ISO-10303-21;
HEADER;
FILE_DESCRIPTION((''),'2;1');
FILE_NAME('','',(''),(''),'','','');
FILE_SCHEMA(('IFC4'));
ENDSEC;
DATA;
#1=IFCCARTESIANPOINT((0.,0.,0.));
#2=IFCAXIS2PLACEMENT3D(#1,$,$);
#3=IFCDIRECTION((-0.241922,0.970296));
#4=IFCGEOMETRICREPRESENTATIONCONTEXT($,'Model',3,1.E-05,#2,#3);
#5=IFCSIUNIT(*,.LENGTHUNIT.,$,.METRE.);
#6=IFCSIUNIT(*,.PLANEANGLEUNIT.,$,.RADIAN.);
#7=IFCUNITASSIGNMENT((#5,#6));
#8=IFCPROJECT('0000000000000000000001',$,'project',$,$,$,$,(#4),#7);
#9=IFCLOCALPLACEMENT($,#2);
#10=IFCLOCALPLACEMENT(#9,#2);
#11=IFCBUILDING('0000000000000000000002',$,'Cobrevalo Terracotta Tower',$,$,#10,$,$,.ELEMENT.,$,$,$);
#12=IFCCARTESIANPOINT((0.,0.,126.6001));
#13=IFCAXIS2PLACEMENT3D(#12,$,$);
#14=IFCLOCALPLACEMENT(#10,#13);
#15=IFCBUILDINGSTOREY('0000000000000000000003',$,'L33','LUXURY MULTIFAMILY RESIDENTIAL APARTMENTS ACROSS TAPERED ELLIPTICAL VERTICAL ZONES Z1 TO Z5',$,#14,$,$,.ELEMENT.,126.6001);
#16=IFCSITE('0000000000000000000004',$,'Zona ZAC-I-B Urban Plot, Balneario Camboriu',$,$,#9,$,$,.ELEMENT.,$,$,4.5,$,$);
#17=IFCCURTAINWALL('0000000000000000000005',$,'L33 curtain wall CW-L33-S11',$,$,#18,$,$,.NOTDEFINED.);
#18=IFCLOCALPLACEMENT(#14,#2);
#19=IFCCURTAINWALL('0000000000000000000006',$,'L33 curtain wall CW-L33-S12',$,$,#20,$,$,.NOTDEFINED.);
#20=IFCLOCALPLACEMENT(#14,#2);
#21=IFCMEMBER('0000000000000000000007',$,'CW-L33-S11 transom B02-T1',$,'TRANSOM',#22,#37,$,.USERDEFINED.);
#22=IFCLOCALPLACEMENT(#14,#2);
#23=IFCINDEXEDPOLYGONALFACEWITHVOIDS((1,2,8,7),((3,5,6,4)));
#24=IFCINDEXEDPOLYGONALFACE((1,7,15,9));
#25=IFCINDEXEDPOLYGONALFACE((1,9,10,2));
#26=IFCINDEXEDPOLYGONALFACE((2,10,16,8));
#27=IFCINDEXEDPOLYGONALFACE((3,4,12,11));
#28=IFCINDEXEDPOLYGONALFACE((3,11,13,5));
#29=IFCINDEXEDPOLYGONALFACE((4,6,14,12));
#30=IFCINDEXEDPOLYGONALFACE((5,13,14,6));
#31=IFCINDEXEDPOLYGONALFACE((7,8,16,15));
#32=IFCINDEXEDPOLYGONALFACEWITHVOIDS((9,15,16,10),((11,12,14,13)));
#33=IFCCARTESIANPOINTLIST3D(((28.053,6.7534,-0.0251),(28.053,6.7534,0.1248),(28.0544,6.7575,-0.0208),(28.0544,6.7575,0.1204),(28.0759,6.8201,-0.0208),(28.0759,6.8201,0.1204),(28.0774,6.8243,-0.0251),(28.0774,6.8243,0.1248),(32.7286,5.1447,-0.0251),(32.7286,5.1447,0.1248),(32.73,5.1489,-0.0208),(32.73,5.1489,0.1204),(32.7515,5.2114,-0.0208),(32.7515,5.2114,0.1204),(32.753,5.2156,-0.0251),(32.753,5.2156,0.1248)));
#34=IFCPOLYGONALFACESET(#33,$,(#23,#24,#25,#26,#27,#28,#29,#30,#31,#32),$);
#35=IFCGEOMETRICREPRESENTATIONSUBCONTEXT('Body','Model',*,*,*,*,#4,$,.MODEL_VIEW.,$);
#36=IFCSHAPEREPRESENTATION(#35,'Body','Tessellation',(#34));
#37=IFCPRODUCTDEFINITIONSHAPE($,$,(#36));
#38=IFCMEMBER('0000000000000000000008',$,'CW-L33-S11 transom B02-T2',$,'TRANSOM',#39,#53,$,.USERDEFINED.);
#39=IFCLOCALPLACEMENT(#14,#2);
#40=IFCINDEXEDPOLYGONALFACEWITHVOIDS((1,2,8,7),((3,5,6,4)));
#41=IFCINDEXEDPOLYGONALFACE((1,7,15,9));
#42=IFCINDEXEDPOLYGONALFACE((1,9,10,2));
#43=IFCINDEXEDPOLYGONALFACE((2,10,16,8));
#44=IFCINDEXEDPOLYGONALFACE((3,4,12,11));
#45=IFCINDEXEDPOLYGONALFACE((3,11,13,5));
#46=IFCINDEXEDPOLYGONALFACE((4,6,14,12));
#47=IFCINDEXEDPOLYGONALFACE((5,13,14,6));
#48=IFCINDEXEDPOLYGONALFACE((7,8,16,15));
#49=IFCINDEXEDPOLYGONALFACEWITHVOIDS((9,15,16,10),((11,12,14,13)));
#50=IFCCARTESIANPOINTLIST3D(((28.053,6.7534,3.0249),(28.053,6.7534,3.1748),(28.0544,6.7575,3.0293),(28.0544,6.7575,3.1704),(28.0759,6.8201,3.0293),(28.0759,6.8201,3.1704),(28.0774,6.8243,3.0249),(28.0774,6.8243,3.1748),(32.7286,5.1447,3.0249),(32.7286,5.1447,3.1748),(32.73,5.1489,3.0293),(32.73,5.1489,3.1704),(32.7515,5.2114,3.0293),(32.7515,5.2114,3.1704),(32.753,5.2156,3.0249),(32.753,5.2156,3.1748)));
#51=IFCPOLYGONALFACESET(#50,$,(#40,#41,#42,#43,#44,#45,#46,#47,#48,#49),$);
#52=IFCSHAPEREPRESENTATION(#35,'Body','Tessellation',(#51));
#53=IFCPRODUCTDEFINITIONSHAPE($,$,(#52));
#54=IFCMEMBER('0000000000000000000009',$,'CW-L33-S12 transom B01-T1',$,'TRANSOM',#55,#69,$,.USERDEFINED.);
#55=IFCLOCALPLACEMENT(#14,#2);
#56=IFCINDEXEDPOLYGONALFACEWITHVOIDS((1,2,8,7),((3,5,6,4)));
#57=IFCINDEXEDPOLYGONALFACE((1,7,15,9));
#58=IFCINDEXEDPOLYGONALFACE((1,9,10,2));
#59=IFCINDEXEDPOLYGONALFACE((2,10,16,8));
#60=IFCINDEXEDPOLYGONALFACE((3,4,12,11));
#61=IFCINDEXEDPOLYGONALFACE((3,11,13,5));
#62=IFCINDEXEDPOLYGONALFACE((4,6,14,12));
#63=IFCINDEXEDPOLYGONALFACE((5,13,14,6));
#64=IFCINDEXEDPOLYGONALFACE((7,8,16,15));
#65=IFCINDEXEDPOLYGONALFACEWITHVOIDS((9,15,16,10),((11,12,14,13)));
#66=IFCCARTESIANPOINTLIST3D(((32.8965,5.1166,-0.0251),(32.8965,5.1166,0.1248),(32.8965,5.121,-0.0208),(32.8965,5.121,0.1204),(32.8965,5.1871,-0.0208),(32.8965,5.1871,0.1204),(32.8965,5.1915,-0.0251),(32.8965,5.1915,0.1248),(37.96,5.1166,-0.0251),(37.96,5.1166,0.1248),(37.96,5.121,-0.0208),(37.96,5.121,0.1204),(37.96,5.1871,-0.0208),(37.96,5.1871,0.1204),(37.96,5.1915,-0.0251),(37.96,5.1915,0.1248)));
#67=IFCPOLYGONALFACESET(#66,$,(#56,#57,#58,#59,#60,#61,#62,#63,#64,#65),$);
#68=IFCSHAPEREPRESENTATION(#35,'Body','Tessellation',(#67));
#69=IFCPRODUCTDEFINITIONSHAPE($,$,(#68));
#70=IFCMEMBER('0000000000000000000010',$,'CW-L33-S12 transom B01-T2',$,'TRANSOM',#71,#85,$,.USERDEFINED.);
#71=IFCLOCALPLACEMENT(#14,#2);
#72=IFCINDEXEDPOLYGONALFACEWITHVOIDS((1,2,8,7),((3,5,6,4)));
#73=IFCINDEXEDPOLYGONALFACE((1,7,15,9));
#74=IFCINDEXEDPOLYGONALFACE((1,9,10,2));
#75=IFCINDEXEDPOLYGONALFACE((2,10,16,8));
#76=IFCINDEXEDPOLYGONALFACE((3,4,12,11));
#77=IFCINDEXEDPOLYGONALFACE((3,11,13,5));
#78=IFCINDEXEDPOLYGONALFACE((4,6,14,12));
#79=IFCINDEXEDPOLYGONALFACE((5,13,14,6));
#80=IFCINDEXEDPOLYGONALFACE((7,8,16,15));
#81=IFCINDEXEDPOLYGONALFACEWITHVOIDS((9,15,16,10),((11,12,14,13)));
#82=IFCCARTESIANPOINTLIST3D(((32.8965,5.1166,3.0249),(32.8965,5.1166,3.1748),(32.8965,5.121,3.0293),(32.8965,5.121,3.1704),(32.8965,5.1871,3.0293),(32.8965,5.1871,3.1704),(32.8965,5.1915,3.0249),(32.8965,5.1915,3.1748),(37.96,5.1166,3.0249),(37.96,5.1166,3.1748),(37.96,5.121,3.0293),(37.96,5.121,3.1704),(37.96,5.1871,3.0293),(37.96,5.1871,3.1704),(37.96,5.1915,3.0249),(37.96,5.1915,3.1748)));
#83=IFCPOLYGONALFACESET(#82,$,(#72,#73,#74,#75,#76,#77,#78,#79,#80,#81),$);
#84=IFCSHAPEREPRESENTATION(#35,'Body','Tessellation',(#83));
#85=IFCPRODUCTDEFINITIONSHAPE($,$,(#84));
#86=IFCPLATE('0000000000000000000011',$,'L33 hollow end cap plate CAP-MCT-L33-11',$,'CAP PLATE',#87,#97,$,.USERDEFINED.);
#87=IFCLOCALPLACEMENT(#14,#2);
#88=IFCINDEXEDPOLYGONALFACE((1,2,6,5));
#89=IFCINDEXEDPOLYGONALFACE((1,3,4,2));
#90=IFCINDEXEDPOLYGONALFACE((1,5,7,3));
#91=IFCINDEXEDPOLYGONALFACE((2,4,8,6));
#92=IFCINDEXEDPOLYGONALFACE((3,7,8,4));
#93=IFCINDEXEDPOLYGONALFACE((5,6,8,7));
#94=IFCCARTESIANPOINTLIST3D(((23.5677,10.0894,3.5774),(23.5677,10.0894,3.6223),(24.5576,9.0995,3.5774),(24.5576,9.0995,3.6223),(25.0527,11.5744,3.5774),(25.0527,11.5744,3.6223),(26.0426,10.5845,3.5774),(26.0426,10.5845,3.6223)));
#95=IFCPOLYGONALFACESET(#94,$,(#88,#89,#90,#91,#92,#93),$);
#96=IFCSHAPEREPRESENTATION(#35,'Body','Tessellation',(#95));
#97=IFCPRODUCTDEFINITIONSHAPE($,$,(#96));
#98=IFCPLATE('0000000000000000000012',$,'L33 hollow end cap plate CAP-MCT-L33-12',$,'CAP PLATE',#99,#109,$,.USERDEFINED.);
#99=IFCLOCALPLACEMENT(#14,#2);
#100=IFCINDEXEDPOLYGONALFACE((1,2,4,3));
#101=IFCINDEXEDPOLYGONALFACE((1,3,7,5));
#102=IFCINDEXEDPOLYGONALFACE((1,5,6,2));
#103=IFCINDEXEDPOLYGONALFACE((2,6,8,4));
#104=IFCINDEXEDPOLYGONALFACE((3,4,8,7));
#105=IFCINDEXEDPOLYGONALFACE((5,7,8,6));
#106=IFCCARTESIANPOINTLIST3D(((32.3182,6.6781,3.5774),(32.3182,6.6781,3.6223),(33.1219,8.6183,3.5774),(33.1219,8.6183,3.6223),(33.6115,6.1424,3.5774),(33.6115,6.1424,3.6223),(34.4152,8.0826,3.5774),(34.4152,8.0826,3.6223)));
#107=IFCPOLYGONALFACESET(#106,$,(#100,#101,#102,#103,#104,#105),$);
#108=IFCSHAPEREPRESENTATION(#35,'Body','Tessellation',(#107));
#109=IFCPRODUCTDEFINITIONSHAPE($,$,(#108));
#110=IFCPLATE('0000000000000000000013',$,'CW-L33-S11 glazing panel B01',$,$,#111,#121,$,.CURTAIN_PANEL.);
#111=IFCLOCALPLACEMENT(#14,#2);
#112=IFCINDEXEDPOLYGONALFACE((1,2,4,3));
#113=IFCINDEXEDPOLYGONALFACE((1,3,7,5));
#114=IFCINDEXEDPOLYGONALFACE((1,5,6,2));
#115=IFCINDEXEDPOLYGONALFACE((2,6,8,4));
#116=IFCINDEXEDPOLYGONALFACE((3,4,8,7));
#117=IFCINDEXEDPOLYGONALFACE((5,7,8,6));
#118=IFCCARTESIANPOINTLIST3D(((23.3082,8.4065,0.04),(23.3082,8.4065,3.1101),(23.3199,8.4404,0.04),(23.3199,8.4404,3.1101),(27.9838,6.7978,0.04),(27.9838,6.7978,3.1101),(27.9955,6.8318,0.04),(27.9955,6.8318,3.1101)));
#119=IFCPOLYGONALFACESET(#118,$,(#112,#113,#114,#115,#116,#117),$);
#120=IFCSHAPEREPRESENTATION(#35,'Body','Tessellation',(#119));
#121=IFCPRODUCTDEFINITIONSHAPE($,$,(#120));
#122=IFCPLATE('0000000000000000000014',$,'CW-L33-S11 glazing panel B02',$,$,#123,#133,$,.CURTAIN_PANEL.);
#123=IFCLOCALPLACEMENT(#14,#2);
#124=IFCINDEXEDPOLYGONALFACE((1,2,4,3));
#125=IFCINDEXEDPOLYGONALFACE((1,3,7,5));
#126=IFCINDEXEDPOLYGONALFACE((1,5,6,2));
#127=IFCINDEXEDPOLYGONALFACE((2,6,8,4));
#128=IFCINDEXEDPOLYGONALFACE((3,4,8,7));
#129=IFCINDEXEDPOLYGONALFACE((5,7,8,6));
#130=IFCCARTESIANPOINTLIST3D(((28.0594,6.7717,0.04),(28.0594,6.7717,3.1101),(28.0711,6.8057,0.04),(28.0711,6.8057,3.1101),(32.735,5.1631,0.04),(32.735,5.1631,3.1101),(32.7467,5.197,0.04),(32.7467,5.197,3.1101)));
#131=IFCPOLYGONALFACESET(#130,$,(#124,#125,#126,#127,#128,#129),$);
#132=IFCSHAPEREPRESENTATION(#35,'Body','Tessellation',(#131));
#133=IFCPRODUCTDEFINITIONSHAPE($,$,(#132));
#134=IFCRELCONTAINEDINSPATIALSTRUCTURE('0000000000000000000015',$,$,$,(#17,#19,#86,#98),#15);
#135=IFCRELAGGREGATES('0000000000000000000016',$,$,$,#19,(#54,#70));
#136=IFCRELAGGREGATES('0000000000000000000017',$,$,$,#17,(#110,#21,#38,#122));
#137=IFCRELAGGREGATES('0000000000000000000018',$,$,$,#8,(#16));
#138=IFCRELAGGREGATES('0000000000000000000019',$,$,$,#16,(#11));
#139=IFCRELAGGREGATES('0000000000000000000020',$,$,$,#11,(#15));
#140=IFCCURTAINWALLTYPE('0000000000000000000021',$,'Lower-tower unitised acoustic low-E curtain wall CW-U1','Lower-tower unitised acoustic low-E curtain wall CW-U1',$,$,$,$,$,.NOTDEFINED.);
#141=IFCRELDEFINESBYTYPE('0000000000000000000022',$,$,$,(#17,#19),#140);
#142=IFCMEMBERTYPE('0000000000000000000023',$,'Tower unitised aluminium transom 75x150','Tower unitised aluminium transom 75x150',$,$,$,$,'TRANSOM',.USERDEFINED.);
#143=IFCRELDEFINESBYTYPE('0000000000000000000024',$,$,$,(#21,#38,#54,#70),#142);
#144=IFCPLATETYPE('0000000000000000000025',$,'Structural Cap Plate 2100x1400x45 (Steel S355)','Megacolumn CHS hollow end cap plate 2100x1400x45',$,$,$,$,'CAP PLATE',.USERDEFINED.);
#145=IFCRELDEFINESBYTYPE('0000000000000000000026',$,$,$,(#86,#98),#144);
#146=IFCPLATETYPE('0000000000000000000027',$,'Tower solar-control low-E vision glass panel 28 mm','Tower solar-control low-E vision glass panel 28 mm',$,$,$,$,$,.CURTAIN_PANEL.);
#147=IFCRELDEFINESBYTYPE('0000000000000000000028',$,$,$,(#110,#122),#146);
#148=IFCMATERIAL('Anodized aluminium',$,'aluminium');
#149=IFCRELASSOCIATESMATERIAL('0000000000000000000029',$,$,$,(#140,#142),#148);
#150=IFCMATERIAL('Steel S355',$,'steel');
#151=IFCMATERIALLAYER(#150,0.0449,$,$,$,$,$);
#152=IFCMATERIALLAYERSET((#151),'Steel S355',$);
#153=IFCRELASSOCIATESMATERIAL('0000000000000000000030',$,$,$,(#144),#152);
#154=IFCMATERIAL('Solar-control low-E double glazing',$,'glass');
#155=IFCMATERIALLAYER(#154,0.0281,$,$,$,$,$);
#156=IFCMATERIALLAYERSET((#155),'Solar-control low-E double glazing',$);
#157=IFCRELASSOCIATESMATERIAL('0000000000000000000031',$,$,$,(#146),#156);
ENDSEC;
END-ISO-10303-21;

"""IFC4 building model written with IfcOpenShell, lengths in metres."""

from ifc_helpers import new_model, si_unit, direction, frame, origin, origin_2d, place, context, subcontext, project, spatial, rectangle, hollow_rectangle, extrude, source, transform, mapped, material, layer, layer_set, material_profile, profile_set, type_object, element, aggregate, save


model = new_model("IFC4")

# Units and contexts
model_context = context("Model", 3, precision=1e-05, world=origin(), true_north=direction((-0.241922, 0.970296)))
body_context = subcontext(model_context, "Body", "Model", "MODEL_VIEW")
ifc_project = project(units=[si_unit("LENGTHUNIT", "METRE"), si_unit("PLANEANGLEUNIT", "RADIAN")], contexts=[model_context])

# Site, building, storey
site_placement = place(None, origin())
site = spatial("IfcSite", under=ifc_project, at=site_placement, Name="Zona ZAC-I-B Urban Plot, Balneario Camboriu", CompositionType="ELEMENT", RefElevation=4.5)
building_placement = place(site_placement, origin())
building = spatial("IfcBuilding", under=site, at=building_placement, Name="Cobrevalo Terracotta Tower", CompositionType="ELEMENT")
storey_placement = place(building_placement, frame((0.0, 0.0, 126.6001)))
storey = spatial("IfcBuildingStorey", under=building, at=storey_placement, Name="L33", Description="LUXURY MULTIFAMILY RESIDENTIAL APARTMENTS ACROSS TAPERED ELLIPTICAL VERTICAL ZONES Z1 TO Z5", CompositionType="ELEMENT", Elevation=126.6001)

# Shared definitions
ifc_material_1 = material(Name="Steel S355", Category="steel")

# Curtain wall
ifc_material_2 = material(Name="Anodized aluminium", Category="aluminium")
curtain_wall_type = type_object("IfcCurtainWallType", Name="Lower-tower unitised acoustic low-E curtain wall CW-U1", Description="Lower-tower unitised acoustic low-E curtain wall CW-U1", PredefinedType="NOTDEFINED", material=ifc_material_2)
curtain_wall_1_placement = place(storey_placement, origin())
curtain_wall_1 = element("IfcCurtainWall", 1, at=curtain_wall_1_placement, inside=storey, type_object=curtain_wall_type, Name="L33 curtain wall CW-L33-S11", PredefinedType="NOTDEFINED")

# Curtain wall
curtain_wall_2_placement = place(storey_placement, origin())
curtain_wall_2 = element("IfcCurtainWall", 2, at=curtain_wall_2_placement, inside=storey, type_object=curtain_wall_type, Name="L33 curtain wall CW-L33-S12", PredefinedType="NOTDEFINED")

# Members
ifc_material_profile_1 = material_profile(ifc_material_2, hollow_rectangle(XDim=0.075, YDim=0.1499, WallThickness=0.0044, at=origin_2d()), Name="CWT 75x150")
ifc_profile_set_1 = profile_set([ifc_material_profile_1], Name="Anodized aluminium")
member_type_1 = type_object("IfcMemberType", Name="Tower unitised aluminium transom 75x150", Description="Tower unitised aluminium transom 75x150", ElementType="TRANSOM", PredefinedType="USERDEFINED", material=ifc_profile_set_1)
shared_shape_1 = source(origin(), body_context, "Body", "SweptSolid", [
    extrude(hollow_rectangle(XDim=0.075, YDim=0.1499, WallThickness=0.0044, at=origin_2d()), origin(), (0.0, 0.0, 1.0), 4.9446),
])
member_1_placement = place(storey_placement, frame((28.0652, 6.7888, 0.0498), z_axis=(0.945598, -0.325338, 0.0), x_axis=(0.325338, 0.945598, 0.0)))
member_1 = element("IfcMember", 3, at=member_1_placement, type_object=member_type_1, Name="CW-L33-S11 transom B02-T1", ObjectType="TRANSOM", PredefinedType="USERDEFINED", context=body_context, shape_type="MappedRepresentation", body=[
    mapped(shared_shape_1, transform((0.0, 0.0, 0.0), scale=1.0)),
])
member_2_placement = place(storey_placement, frame((28.0652, 6.7888, 3.0999), z_axis=(0.945598, -0.325338, 0.0), x_axis=(0.325338, 0.945598, 0.0)))
member_2 = element("IfcMember", 4, at=member_2_placement, type_object=member_type_1, Name="CW-L33-S11 transom B02-T2", ObjectType="TRANSOM", PredefinedType="USERDEFINED", context=body_context, shape_type="MappedRepresentation", body=[
    mapped(shared_shape_1, transform((0.0, 0.0, 0.0), scale=1.0)),
])
shared_shape_2 = source(origin(), body_context, "Body", "SweptSolid", [
    extrude(hollow_rectangle(XDim=0.075, YDim=0.1499, WallThickness=0.0044, at=origin_2d()), origin(), (0.0, 0.0, 1.0), 5.0635),
])
member_3_placement = place(storey_placement, frame((32.8965, 5.1541, 0.0498), z_axis=(1.0, 0.0, 0.0), x_axis=(0.0, 1.0, 0.0)))
member_3 = element("IfcMember", 5, at=member_3_placement, type_object=member_type_1, Name="CW-L33-S12 transom B01-T1", ObjectType="TRANSOM", PredefinedType="USERDEFINED", context=body_context, shape_type="MappedRepresentation", body=[
    mapped(shared_shape_2, transform((0.0, 0.0, 0.0), scale=1.0)),
])
member_4_placement = place(storey_placement, frame((32.8965, 5.1541, 3.0999), z_axis=(1.0, 0.0, 0.0), x_axis=(0.0, 1.0, 0.0)))
member_4 = element("IfcMember", 6, at=member_4_placement, type_object=member_type_1, Name="CW-L33-S12 transom B01-T2", ObjectType="TRANSOM", PredefinedType="USERDEFINED", context=body_context, shape_type="MappedRepresentation", body=[
    mapped(shared_shape_2, transform((0.0, 0.0, 0.0), scale=1.0)),
])
aggregate(curtain_wall_2, [member_3, member_4])

# Plates
ifc_layer_1 = layer(ifc_material_1, 0.0449)
ifc_layer_set_1 = layer_set([ifc_layer_1], Name="Steel S355")
plate_type_1 = type_object("IfcPlateType", Name="Structural Cap Plate 2100x1400x45 (Steel S355)", Description="Megacolumn CHS hollow end cap plate 2100x1400x45", ElementType="CAP PLATE", PredefinedType="USERDEFINED", material=ifc_layer_set_1)
shared_shape_3 = source(origin(), body_context, "Body", "SweptSolid", [
    extrude(rectangle(XDim=2.1001, YDim=1.3999, at=origin_2d()), origin(), (0.0, 0.0, 1.0), 0.0449),
])
for number, where, z_axis, x_axis, name in (
    (7, (24.8052, 10.3369, 3.5774), (0.0, 0.0, 1.0), (-0.707107, -0.707107, 0.0), "L33 hollow end cap plate CAP-MCT-L33-11"),
    (8, (33.3667, 7.3804, 3.5774), (0.0, 0.0, 1.0), (-0.382683, -0.92388, 0.0), "L33 hollow end cap plate CAP-MCT-L33-12"),
):
    element("IfcPlate", number, at=place(storey_placement, frame(where, z_axis=z_axis, x_axis=x_axis)), inside=storey, type_object=plate_type_1, Name=name, ObjectType="CAP PLATE", PredefinedType="USERDEFINED", context=body_context, shape_type="MappedRepresentation", body=[
        mapped(shared_shape_3, transform((0.0, 0.0, 0.0), scale=1.0)),
    ])

# Plates
ifc_material_3 = material(Name="Solar-control low-E double glazing", Category="glass")
ifc_layer_2 = layer(ifc_material_3, 0.0281)
ifc_layer_set_2 = layer_set([ifc_layer_2], Name="Solar-control low-E double glazing")
plate_type_2 = type_object("IfcPlateType", Name="Tower solar-control low-E vision glass panel 28 mm", Description="Tower solar-control low-E vision glass panel 28 mm", PredefinedType="CURTAIN_PANEL", material=ifc_layer_set_2)
shared_shape_4 = source(origin(), body_context, "Body", "SweptSolid", [
    extrude(rectangle(XDim=4.9446, YDim=0.0359, at=origin_2d()), origin(), (0.0, 0.0, 1.0), 3.0701),
])
plate_1_placement = place(storey_placement, frame((25.6519, 7.6191, 0.04), z_axis=(0.0, 0.0, 1.0), x_axis=(0.945596, -0.325342, 0.0)))
plate_1 = element("IfcPlate", 9, at=plate_1_placement, type_object=plate_type_2, Name="CW-L33-S11 glazing panel B01", PredefinedType="CURTAIN_PANEL", context=body_context, shape_type="MappedRepresentation", body=[
    mapped(shared_shape_4, transform((0.0, 0.0, 0.0), scale=1.0)),
])
plate_2_placement = place(storey_placement, frame((30.4031, 5.9844, 0.04), z_axis=(0.0, 0.0, 1.0), x_axis=(0.945596, -0.325342, 0.0)))
plate_2 = element("IfcPlate", 10, at=plate_2_placement, type_object=plate_type_2, Name="CW-L33-S11 glazing panel B02", PredefinedType="CURTAIN_PANEL", context=body_context, shape_type="MappedRepresentation", body=[
    mapped(shared_shape_4, transform((0.0, 0.0, 0.0), scale=1.0)),
])
aggregate(curtain_wall_1, [plate_1, member_1, member_2, plate_2])

save(model, "model.ifc")
